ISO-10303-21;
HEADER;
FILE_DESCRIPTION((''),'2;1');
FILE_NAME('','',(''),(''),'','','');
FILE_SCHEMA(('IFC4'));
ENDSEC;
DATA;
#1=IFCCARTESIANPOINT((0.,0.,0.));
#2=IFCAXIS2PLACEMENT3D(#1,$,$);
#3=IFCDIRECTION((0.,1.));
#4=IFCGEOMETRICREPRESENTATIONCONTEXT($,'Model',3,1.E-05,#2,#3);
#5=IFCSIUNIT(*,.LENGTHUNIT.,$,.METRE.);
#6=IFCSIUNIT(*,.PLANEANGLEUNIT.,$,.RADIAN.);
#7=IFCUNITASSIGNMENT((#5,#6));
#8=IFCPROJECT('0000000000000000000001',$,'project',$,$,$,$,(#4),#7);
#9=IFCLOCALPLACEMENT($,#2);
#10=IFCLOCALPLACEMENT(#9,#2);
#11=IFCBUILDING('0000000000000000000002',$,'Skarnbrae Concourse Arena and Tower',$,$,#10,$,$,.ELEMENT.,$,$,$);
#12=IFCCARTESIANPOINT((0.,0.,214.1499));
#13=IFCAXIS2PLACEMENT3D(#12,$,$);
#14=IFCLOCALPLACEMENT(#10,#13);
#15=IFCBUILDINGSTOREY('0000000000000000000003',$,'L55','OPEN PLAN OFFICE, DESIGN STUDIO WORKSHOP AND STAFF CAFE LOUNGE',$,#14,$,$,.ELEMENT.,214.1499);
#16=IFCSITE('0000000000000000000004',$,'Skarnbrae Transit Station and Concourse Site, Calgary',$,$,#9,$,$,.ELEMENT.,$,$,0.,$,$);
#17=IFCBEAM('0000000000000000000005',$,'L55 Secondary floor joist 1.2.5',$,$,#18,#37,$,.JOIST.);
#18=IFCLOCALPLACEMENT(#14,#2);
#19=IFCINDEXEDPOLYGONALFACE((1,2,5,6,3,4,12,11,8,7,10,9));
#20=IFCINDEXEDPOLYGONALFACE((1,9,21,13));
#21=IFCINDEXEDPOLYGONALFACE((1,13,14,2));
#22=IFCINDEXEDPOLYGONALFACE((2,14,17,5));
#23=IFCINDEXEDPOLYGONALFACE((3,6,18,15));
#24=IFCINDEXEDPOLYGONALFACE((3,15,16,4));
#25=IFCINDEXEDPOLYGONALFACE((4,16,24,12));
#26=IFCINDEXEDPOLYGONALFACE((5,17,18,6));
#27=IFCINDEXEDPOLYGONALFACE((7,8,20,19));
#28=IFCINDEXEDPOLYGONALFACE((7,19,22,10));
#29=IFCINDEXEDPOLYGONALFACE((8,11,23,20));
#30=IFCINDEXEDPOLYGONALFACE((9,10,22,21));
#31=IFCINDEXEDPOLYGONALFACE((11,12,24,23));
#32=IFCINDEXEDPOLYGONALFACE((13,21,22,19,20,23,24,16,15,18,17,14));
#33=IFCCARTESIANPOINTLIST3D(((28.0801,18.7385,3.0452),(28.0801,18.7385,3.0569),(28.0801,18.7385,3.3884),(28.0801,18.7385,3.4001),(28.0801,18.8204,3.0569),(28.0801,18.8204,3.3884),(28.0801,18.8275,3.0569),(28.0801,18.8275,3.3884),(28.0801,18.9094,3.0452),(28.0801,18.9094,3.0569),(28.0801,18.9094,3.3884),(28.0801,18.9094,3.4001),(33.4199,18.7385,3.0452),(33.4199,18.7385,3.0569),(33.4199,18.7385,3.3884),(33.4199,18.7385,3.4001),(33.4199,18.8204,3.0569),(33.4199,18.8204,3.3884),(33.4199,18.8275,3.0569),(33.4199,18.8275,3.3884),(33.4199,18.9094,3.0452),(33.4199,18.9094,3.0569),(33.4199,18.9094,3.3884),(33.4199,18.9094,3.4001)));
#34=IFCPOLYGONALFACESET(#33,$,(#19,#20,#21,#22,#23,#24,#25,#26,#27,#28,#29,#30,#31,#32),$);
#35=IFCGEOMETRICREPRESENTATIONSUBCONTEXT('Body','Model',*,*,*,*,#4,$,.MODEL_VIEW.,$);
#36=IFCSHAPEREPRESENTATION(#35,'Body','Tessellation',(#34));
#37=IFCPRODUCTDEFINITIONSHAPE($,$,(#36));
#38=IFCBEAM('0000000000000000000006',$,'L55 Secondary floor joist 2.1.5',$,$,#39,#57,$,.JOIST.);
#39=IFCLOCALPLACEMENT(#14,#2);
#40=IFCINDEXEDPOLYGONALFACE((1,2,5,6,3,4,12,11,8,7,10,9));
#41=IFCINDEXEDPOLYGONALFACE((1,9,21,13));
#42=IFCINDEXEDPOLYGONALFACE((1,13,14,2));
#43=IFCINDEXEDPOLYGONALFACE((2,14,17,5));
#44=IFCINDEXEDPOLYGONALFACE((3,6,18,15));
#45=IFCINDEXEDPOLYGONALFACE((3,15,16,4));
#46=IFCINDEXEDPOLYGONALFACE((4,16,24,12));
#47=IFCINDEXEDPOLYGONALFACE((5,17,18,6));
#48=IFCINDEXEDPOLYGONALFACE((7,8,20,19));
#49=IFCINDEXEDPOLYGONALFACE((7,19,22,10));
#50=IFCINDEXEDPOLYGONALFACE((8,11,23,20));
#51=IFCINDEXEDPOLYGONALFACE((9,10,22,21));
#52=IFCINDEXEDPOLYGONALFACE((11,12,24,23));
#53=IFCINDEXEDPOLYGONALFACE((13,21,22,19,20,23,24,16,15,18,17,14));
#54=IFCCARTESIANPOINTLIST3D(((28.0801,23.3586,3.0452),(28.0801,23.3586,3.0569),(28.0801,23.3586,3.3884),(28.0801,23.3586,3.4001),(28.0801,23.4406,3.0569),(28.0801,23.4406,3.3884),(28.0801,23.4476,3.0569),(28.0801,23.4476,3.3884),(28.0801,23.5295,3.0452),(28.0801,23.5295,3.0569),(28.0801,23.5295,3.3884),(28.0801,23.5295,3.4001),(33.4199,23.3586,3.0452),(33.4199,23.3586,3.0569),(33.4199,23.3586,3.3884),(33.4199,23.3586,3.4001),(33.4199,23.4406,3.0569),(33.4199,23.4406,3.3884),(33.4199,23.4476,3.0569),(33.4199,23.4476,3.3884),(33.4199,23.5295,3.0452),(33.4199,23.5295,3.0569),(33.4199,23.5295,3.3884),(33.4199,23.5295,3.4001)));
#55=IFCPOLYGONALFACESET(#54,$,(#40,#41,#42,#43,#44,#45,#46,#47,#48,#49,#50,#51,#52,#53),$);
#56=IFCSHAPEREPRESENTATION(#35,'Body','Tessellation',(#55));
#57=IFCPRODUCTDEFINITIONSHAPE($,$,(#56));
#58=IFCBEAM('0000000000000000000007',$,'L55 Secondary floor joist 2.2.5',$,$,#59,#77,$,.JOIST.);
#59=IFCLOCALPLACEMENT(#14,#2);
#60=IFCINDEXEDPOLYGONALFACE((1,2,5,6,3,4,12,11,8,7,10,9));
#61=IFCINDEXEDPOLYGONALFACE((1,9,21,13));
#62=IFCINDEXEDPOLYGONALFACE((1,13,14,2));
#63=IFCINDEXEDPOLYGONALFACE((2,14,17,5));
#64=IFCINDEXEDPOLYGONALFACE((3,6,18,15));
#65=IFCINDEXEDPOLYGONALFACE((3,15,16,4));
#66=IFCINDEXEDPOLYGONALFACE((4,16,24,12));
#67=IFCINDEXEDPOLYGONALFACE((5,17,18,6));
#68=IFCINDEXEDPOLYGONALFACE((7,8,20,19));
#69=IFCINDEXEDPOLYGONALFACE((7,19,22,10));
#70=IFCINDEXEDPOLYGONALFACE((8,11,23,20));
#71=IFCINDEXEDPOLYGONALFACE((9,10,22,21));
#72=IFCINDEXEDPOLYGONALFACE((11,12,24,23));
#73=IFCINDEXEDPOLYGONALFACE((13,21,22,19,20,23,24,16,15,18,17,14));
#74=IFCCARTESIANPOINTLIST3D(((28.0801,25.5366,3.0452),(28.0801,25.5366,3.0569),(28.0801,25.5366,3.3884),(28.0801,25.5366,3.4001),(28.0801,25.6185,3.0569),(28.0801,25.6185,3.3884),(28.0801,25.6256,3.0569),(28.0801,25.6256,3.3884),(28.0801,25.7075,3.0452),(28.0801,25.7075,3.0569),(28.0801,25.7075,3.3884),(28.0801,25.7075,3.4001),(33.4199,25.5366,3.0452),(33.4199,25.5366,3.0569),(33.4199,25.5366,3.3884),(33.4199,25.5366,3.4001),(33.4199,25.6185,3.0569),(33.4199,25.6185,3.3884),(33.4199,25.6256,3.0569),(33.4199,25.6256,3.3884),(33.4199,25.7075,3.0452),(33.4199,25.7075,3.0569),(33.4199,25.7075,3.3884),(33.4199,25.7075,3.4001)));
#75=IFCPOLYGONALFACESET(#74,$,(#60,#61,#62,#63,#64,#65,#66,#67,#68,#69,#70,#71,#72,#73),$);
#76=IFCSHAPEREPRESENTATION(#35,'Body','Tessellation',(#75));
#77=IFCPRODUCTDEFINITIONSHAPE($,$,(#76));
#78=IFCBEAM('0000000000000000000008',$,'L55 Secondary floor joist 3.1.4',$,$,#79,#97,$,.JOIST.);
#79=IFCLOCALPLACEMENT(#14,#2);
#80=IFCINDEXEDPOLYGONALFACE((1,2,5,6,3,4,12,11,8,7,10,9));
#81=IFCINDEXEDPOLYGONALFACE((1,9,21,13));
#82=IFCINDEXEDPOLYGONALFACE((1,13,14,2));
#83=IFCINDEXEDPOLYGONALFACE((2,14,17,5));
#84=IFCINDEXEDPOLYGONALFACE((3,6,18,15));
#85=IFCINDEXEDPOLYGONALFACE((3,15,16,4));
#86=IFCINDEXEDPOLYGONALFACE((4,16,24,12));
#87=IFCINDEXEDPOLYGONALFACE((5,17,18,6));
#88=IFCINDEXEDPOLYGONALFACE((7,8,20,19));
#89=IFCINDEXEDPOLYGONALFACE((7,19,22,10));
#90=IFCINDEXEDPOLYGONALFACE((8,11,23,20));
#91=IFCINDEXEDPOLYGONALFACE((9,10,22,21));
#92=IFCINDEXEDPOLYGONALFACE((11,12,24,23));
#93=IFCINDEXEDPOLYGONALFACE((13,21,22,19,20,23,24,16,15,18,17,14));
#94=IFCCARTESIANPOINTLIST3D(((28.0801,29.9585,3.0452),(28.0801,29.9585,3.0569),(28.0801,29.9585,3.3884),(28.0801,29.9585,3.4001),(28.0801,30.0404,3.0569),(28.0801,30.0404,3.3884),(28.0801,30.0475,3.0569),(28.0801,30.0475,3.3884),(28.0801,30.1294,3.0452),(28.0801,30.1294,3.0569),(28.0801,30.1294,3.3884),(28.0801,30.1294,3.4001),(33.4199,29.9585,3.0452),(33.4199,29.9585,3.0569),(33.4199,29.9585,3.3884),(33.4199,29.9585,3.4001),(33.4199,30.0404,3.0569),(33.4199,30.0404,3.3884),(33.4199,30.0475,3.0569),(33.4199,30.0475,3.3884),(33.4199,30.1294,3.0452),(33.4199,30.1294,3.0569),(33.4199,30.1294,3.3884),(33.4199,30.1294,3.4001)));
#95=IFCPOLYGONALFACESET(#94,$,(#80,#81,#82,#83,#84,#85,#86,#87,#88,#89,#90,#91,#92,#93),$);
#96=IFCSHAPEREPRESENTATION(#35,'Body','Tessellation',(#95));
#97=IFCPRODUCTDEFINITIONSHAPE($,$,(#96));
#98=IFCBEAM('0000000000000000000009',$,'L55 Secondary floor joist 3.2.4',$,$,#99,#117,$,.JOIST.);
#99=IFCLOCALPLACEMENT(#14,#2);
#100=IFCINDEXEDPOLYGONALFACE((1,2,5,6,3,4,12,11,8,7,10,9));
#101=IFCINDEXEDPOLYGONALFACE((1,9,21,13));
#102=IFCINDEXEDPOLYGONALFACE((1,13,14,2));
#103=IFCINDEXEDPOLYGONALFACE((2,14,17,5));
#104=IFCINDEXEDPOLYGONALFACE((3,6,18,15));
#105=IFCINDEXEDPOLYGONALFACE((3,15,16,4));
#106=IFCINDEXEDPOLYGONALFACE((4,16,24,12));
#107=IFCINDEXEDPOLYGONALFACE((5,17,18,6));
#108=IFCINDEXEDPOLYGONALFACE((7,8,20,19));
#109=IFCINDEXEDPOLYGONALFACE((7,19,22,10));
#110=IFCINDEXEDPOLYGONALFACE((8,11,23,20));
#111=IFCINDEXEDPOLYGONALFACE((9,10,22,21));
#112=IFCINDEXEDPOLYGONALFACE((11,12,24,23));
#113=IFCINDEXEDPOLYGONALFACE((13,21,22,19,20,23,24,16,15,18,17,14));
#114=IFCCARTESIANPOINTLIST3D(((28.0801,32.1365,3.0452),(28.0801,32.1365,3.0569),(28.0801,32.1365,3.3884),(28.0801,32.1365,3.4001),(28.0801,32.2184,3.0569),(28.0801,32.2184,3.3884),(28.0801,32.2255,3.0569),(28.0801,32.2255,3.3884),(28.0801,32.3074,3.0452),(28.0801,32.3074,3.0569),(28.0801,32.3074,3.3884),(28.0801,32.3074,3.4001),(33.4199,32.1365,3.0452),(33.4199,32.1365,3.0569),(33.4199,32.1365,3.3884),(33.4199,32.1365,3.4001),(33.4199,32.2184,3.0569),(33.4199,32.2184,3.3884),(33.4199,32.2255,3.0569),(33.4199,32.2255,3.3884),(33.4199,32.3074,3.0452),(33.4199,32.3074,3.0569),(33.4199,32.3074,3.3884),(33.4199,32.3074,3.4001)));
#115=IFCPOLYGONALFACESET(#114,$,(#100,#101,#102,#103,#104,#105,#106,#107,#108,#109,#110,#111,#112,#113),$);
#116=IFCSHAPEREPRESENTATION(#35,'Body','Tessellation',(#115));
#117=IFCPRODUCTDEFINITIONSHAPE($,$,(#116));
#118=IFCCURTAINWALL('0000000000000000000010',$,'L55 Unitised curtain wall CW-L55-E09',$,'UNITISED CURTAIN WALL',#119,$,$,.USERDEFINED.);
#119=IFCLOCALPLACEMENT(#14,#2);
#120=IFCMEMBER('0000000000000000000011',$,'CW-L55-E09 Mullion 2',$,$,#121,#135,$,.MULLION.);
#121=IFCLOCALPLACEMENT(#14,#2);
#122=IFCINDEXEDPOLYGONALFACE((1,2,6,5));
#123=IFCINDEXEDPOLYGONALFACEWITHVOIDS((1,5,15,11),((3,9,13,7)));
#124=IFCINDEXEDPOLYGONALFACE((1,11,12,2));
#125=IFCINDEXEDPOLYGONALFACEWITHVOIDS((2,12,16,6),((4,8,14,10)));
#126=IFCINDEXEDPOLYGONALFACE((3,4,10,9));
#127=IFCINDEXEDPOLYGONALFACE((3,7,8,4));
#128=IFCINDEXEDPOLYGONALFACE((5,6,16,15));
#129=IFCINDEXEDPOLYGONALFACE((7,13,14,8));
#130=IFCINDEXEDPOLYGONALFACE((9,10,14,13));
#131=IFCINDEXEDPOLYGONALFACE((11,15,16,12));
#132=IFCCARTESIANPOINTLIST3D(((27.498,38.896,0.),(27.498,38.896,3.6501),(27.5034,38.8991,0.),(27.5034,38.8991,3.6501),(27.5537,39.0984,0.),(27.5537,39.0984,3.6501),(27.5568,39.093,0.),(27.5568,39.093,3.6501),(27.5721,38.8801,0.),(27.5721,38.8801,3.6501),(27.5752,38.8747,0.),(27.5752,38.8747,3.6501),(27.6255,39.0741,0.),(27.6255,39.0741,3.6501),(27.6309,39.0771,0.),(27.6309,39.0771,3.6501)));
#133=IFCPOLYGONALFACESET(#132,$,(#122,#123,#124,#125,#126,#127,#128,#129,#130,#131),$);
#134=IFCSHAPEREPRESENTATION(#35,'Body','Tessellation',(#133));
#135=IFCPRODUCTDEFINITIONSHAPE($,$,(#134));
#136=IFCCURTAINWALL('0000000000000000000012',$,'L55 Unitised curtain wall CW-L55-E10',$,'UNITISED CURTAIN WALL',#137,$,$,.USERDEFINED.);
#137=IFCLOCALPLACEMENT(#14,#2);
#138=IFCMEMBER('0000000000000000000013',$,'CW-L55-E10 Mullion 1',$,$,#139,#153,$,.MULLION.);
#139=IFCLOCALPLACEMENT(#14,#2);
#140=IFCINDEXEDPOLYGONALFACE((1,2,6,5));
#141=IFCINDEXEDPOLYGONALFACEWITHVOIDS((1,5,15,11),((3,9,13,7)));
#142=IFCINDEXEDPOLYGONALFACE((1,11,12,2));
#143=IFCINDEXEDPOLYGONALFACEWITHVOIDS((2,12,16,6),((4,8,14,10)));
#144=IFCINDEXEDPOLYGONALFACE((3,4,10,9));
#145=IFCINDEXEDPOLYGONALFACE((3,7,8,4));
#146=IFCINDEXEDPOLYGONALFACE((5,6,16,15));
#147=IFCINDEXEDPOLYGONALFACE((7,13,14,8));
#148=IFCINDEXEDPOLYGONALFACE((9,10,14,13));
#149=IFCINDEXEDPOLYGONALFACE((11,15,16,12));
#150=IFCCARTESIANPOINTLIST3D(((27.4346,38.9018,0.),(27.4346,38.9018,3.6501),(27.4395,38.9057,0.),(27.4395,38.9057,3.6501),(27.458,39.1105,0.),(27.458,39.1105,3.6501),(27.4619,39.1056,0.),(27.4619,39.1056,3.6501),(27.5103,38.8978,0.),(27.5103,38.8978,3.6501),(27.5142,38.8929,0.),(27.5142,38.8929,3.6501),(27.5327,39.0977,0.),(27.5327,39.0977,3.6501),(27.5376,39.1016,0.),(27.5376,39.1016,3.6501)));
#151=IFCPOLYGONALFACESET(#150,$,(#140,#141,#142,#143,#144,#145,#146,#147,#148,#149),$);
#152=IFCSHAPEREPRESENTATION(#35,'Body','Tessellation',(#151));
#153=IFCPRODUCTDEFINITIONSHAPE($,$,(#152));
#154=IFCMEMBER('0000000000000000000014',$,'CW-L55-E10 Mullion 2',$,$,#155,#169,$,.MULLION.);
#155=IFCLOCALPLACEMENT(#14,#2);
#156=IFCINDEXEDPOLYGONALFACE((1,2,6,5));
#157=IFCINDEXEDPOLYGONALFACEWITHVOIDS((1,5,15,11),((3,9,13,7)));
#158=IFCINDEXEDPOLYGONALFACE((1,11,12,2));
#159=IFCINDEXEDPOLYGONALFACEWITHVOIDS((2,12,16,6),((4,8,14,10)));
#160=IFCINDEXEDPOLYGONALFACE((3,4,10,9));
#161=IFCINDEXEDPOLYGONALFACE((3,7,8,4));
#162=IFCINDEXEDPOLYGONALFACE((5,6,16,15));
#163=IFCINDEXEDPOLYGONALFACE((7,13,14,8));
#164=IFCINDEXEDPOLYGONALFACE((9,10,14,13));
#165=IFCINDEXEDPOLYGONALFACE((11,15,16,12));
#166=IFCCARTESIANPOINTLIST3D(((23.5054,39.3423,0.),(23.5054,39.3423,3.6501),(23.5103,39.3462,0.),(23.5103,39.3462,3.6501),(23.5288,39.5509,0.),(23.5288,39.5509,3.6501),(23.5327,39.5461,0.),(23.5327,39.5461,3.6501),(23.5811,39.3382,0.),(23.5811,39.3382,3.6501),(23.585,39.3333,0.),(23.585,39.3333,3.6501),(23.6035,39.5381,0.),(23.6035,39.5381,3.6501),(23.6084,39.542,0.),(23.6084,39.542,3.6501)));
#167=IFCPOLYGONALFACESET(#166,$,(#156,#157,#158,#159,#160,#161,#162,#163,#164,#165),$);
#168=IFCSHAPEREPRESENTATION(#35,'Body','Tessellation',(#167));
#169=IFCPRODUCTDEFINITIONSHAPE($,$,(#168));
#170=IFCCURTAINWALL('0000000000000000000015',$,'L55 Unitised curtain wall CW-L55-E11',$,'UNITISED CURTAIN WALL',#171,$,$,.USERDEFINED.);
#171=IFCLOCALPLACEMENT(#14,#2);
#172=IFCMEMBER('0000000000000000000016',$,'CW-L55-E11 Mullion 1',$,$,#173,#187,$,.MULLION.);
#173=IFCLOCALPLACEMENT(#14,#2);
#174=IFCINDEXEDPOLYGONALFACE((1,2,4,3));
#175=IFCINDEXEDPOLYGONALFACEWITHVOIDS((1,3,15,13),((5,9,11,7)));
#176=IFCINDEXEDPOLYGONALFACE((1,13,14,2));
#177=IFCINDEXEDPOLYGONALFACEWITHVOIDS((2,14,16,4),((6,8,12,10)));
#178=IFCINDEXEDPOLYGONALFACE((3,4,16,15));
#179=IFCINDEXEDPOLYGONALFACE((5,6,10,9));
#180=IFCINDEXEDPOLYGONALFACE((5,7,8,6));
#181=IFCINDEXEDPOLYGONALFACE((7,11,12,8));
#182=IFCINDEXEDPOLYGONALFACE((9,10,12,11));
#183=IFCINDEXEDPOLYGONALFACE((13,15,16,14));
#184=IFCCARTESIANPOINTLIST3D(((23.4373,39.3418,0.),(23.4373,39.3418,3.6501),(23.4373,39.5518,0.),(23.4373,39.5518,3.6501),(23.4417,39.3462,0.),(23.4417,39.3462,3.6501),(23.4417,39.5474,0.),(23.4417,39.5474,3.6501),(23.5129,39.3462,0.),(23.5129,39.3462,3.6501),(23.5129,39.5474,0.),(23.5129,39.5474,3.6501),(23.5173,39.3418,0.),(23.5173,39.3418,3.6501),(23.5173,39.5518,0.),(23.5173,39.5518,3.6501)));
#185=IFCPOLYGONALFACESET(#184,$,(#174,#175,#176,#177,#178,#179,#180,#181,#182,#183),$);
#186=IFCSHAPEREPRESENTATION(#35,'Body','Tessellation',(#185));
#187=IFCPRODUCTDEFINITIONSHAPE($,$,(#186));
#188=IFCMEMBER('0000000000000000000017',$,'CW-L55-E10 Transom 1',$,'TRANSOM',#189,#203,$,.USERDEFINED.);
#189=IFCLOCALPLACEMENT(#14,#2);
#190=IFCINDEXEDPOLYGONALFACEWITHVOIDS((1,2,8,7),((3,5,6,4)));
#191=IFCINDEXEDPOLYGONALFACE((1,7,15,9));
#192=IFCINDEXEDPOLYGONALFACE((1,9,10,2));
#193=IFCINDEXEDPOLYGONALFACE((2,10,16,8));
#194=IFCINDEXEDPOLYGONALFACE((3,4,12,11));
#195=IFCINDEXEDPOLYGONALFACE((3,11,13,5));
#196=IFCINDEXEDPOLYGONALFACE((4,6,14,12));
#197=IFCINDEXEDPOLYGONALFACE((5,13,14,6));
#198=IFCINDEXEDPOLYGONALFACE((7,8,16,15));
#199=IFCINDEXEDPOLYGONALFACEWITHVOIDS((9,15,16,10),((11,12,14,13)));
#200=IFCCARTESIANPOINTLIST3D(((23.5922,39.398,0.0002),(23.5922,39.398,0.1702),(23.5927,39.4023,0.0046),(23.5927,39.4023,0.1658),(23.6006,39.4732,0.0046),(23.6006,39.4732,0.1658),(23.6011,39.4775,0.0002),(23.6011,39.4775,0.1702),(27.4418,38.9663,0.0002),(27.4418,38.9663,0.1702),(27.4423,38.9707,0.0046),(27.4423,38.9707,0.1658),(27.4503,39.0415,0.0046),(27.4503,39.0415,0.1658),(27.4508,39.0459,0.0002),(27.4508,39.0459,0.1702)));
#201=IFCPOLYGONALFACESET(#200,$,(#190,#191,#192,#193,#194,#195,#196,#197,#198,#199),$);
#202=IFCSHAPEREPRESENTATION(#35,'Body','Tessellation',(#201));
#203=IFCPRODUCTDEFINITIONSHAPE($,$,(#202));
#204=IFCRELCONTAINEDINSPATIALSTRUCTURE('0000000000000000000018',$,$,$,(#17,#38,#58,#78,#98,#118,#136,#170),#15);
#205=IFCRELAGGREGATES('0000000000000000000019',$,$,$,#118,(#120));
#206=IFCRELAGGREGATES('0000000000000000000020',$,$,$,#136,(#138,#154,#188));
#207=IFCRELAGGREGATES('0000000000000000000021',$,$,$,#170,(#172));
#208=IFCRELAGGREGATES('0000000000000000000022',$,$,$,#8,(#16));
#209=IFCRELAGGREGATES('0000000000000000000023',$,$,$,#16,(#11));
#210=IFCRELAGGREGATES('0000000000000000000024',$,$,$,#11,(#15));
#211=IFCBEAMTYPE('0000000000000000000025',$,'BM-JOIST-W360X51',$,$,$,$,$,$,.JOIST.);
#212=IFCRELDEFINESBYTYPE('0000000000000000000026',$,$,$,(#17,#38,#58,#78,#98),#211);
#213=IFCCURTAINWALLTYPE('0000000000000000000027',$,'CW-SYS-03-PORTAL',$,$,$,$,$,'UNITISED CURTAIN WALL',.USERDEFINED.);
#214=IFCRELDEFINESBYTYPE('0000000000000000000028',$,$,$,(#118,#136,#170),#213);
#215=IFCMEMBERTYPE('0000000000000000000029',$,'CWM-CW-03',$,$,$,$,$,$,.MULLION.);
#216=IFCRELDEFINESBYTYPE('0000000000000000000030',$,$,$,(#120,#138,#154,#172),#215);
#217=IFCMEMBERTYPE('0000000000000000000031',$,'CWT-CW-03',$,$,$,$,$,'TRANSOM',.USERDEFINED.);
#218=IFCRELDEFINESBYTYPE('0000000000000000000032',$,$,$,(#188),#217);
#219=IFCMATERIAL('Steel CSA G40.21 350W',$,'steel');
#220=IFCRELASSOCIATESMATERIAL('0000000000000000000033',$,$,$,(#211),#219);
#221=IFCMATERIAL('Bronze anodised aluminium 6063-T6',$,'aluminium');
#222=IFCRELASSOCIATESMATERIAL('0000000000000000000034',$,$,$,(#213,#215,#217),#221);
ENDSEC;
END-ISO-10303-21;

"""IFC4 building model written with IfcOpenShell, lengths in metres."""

from ifc_helpers import new_model, si_unit, direction, frame, origin, origin_2d, place, context, subcontext, project, spatial, hollow_rectangle, i_section, extrude, source, transform, mapped, material, material_profile, profile_set, type_object, element, aggregate, save


model = new_model("IFC4")

# Units and contexts
model_context = context("Model", 3, precision=1e-05, world=origin(), true_north=direction((0.0, 1.0)))
body_context = subcontext(model_context, "Body", "Model", "MODEL_VIEW")
ifc_project = project(units=[si_unit("LENGTHUNIT", "METRE"), si_unit("PLANEANGLEUNIT", "RADIAN")], contexts=[model_context])

# Site, building, storey
site_placement = place(None, origin())
site = spatial("IfcSite", under=ifc_project, at=site_placement, Name="Skarnbrae Transit Station and Concourse Site, Calgary", CompositionType="ELEMENT", RefElevation=0.0)
building_placement = place(site_placement, origin())
building = spatial("IfcBuilding", under=site, at=building_placement, Name="Skarnbrae Concourse Arena and Tower", CompositionType="ELEMENT")
storey_placement = place(building_placement, frame((0.0, 0.0, 214.1499)))
storey = spatial("IfcBuildingStorey", under=building, at=storey_placement, Name="L55", Description="OPEN PLAN OFFICE, DESIGN STUDIO WORKSHOP AND STAFF CAFE LOUNGE", CompositionType="ELEMENT", Elevation=214.1499)

# Shared definitions
ifc_material_1 = material(Name="Steel CSA G40.21 350W", Category="steel")

# Beams
ifc_material_profile_1 = material_profile(ifc_material_1, i_section(OverallWidth=0.1709, OverallDepth=0.355, WebThickness=0.0071, FlangeThickness=0.0117, at=origin_2d()), Name="W360X51")
ifc_profile_set_1 = profile_set([ifc_material_profile_1], Name="Steel CSA G40.21 350W")
beam_type_1 = type_object("IfcBeamType", Name="BM-JOIST-W360X51", PredefinedType="JOIST", material=ifc_profile_set_1)
shared_shape_1 = source(origin(), body_context, "Body", "SweptSolid", [
    extrude(i_section(OverallWidth=0.1709, OverallDepth=0.355, WebThickness=0.0071, FlangeThickness=0.0117, at=origin_2d()), origin(), (0.0, 0.0, 1.0), 5.3398),
])
for number, where, z_axis, x_axis, name in (
    (1, (28.0801, 18.824, 3.2227), (1.0, 0.0, 0.0), (0.0, 1.0, 0.0), "L55 Secondary floor joist 1.2.5"),
    (2, (28.0801, 23.4441, 3.2227), (1.0, 0.0, 0.0), (0.0, 1.0, 0.0), "L55 Secondary floor joist 2.1.5"),
    (3, (28.0801, 25.6221, 3.2227), (1.0, 0.0, 0.0), (0.0, 1.0, 0.0), "L55 Secondary floor joist 2.2.5"),
    (4, (28.0801, 30.0439, 3.2227), (1.0, 0.0, 0.0), (0.0, 1.0, 0.0), "L55 Secondary floor joist 3.1.4"),
    (5, (28.0801, 32.2219, 3.2227), (1.0, 0.0, 0.0), (0.0, 1.0, 0.0), "L55 Secondary floor joist 3.2.4"),
):
    element("IfcBeam", number, at=place(storey_placement, frame(where, z_axis=z_axis, x_axis=x_axis)), inside=storey, type_object=beam_type_1, Name=name, PredefinedType="JOIST", context=body_context, shape_type="MappedRepresentation", body=[
        mapped(shared_shape_1, transform((0.0, 0.0, 0.0))),
    ])

# Curtain wall, member
ifc_material_2 = material(Name="Bronze anodised aluminium 6063-T6", Category="aluminium")
curtain_wall_type = type_object("IfcCurtainWallType", Name="CW-SYS-03-PORTAL", ElementType="UNITISED CURTAIN WALL", PredefinedType="USERDEFINED", material=ifc_material_2)
curtain_wall_1_placement = place(storey_placement, origin())
curtain_wall_1 = element("IfcCurtainWall", 6, at=curtain_wall_1_placement, inside=storey, type_object=curtain_wall_type, Name="L55 Unitised curtain wall CW-L55-E09", ObjectType="UNITISED CURTAIN WALL", PredefinedType="USERDEFINED")
ifc_material_profile_2 = material_profile(ifc_material_2, hollow_rectangle(XDim=0.0801, YDim=0.21, WallThickness=0.0044, at=origin_2d()), Name="ALU-MULL-80X210")
ifc_profile_set_2 = profile_set([ifc_material_profile_2], Name="Bronze anodised aluminium 6063-T6")
member_type_1 = type_object("IfcMemberType", Name="CWM-CW-03", PredefinedType="MULLION", material=ifc_profile_set_2)
shared_shape_2 = source(origin(), body_context, "Body", "SweptSolid", [
    extrude(hollow_rectangle(XDim=0.0801, YDim=0.21, WallThickness=0.0044, at=origin_2d()), origin(), (0.0, 0.0, 1.0), 3.6501),
])
member_1_placement = place(storey_placement, frame((27.5645, 38.9866, 0.0), z_axis=(0.0, 0.0, 1.0), x_axis=(-0.964057, 0.265694, 0.0)))
member_1 = element("IfcMember", 7, at=member_1_placement, type_object=member_type_1, Name="CW-L55-E09 Mullion 2", PredefinedType="MULLION", context=body_context, shape_type="MappedRepresentation", body=[
    mapped(shared_shape_2, transform((0.0, 0.0, 0.0))),
])
aggregate(curtain_wall_1, [member_1])

# Curtain wall, members
curtain_wall_2_placement = place(storey_placement, origin())
curtain_wall_2 = element("IfcCurtainWall", 8, at=curtain_wall_2_placement, inside=storey, type_object=curtain_wall_type, Name="L55 Unitised curtain wall CW-L55-E10", ObjectType="UNITISED CURTAIN WALL", PredefinedType="USERDEFINED")
member_2_placement = place(storey_placement, frame((27.4861, 39.0017, 0.0), z_axis=(0.0, 0.0, 1.0), x_axis=(-0.993769, 0.11146, 0.0)))
member_2 = element("IfcMember", 9, at=member_2_placement, type_object=member_type_1, Name="CW-L55-E10 Mullion 1", PredefinedType="MULLION", context=body_context, shape_type="MappedRepresentation", body=[
    mapped(shared_shape_2, transform((0.0, 0.0, 0.0))),
])
member_3_placement = place(storey_placement, frame((23.5569, 39.4421, 0.0), z_axis=(0.0, 0.0, 1.0), x_axis=(-0.993769, 0.11146, 0.0)))
member_3 = element("IfcMember", 10, at=member_3_placement, type_object=member_type_1, Name="CW-L55-E10 Mullion 2", PredefinedType="MULLION", context=body_context, shape_type="MappedRepresentation", body=[
    mapped(shared_shape_2, transform((0.0, 0.0, 0.0))),
])

# Curtain wall, member
curtain_wall_3_placement = place(storey_placement, origin())
curtain_wall_3 = element("IfcCurtainWall", 11, at=curtain_wall_3_placement, inside=storey, type_object=curtain_wall_type, Name="L55 Unitised curtain wall CW-L55-E11", ObjectType="UNITISED CURTAIN WALL", PredefinedType="USERDEFINED")
member_4_placement = place(storey_placement, frame((23.4773, 39.4468, 0.0), z_axis=(0.0, 0.0, 1.0), x_axis=(-1.0, 0.0, 0.0)))
member_4 = element("IfcMember", 12, at=member_4_placement, type_object=member_type_1, Name="CW-L55-E11 Mullion 1", PredefinedType="MULLION", context=body_context, shape_type="MappedRepresentation", body=[
    mapped(shared_shape_2, transform((0.0, 0.0, 0.0))),
])

# Member
ifc_material_profile_3 = material_profile(ifc_material_2, hollow_rectangle(XDim=0.0801, YDim=0.1699, WallThickness=0.0044, at=origin_2d()), Name="ALU-TRAN-80X170")
ifc_profile_set_3 = profile_set([ifc_material_profile_3], Name="Bronze anodised aluminium 6063-T6")
member_type_2 = type_object("IfcMemberType", Name="CWT-CW-03", ElementType="TRANSOM", PredefinedType="USERDEFINED", material=ifc_profile_set_3)
shared_shape_3 = source(origin(), body_context, "Body", "SweptSolid", [
    extrude(hollow_rectangle(XDim=0.0801, YDim=0.1699, WallThickness=0.0044, at=origin_2d()), origin(), (0.0, 0.0, 1.0), 3.8738),
])
member_5_placement = place(storey_placement, frame((27.4463, 39.0061, 0.0852), z_axis=(-0.993773, 0.111428, 0.0), x_axis=(-0.111428, -0.993773, 0.0)))
member_5 = element("IfcMember", 13, at=member_5_placement, type_object=member_type_2, Name="CW-L55-E10 Transom 1", ObjectType="TRANSOM", PredefinedType="USERDEFINED", context=body_context, shape_type="MappedRepresentation", body=[
    mapped(shared_shape_3, transform((0.0, 0.0, 0.0))),
])

aggregate(curtain_wall_2, [member_2, member_3, member_5])
aggregate(curtain_wall_3, [member_4])

save(model, "model.ifc")
